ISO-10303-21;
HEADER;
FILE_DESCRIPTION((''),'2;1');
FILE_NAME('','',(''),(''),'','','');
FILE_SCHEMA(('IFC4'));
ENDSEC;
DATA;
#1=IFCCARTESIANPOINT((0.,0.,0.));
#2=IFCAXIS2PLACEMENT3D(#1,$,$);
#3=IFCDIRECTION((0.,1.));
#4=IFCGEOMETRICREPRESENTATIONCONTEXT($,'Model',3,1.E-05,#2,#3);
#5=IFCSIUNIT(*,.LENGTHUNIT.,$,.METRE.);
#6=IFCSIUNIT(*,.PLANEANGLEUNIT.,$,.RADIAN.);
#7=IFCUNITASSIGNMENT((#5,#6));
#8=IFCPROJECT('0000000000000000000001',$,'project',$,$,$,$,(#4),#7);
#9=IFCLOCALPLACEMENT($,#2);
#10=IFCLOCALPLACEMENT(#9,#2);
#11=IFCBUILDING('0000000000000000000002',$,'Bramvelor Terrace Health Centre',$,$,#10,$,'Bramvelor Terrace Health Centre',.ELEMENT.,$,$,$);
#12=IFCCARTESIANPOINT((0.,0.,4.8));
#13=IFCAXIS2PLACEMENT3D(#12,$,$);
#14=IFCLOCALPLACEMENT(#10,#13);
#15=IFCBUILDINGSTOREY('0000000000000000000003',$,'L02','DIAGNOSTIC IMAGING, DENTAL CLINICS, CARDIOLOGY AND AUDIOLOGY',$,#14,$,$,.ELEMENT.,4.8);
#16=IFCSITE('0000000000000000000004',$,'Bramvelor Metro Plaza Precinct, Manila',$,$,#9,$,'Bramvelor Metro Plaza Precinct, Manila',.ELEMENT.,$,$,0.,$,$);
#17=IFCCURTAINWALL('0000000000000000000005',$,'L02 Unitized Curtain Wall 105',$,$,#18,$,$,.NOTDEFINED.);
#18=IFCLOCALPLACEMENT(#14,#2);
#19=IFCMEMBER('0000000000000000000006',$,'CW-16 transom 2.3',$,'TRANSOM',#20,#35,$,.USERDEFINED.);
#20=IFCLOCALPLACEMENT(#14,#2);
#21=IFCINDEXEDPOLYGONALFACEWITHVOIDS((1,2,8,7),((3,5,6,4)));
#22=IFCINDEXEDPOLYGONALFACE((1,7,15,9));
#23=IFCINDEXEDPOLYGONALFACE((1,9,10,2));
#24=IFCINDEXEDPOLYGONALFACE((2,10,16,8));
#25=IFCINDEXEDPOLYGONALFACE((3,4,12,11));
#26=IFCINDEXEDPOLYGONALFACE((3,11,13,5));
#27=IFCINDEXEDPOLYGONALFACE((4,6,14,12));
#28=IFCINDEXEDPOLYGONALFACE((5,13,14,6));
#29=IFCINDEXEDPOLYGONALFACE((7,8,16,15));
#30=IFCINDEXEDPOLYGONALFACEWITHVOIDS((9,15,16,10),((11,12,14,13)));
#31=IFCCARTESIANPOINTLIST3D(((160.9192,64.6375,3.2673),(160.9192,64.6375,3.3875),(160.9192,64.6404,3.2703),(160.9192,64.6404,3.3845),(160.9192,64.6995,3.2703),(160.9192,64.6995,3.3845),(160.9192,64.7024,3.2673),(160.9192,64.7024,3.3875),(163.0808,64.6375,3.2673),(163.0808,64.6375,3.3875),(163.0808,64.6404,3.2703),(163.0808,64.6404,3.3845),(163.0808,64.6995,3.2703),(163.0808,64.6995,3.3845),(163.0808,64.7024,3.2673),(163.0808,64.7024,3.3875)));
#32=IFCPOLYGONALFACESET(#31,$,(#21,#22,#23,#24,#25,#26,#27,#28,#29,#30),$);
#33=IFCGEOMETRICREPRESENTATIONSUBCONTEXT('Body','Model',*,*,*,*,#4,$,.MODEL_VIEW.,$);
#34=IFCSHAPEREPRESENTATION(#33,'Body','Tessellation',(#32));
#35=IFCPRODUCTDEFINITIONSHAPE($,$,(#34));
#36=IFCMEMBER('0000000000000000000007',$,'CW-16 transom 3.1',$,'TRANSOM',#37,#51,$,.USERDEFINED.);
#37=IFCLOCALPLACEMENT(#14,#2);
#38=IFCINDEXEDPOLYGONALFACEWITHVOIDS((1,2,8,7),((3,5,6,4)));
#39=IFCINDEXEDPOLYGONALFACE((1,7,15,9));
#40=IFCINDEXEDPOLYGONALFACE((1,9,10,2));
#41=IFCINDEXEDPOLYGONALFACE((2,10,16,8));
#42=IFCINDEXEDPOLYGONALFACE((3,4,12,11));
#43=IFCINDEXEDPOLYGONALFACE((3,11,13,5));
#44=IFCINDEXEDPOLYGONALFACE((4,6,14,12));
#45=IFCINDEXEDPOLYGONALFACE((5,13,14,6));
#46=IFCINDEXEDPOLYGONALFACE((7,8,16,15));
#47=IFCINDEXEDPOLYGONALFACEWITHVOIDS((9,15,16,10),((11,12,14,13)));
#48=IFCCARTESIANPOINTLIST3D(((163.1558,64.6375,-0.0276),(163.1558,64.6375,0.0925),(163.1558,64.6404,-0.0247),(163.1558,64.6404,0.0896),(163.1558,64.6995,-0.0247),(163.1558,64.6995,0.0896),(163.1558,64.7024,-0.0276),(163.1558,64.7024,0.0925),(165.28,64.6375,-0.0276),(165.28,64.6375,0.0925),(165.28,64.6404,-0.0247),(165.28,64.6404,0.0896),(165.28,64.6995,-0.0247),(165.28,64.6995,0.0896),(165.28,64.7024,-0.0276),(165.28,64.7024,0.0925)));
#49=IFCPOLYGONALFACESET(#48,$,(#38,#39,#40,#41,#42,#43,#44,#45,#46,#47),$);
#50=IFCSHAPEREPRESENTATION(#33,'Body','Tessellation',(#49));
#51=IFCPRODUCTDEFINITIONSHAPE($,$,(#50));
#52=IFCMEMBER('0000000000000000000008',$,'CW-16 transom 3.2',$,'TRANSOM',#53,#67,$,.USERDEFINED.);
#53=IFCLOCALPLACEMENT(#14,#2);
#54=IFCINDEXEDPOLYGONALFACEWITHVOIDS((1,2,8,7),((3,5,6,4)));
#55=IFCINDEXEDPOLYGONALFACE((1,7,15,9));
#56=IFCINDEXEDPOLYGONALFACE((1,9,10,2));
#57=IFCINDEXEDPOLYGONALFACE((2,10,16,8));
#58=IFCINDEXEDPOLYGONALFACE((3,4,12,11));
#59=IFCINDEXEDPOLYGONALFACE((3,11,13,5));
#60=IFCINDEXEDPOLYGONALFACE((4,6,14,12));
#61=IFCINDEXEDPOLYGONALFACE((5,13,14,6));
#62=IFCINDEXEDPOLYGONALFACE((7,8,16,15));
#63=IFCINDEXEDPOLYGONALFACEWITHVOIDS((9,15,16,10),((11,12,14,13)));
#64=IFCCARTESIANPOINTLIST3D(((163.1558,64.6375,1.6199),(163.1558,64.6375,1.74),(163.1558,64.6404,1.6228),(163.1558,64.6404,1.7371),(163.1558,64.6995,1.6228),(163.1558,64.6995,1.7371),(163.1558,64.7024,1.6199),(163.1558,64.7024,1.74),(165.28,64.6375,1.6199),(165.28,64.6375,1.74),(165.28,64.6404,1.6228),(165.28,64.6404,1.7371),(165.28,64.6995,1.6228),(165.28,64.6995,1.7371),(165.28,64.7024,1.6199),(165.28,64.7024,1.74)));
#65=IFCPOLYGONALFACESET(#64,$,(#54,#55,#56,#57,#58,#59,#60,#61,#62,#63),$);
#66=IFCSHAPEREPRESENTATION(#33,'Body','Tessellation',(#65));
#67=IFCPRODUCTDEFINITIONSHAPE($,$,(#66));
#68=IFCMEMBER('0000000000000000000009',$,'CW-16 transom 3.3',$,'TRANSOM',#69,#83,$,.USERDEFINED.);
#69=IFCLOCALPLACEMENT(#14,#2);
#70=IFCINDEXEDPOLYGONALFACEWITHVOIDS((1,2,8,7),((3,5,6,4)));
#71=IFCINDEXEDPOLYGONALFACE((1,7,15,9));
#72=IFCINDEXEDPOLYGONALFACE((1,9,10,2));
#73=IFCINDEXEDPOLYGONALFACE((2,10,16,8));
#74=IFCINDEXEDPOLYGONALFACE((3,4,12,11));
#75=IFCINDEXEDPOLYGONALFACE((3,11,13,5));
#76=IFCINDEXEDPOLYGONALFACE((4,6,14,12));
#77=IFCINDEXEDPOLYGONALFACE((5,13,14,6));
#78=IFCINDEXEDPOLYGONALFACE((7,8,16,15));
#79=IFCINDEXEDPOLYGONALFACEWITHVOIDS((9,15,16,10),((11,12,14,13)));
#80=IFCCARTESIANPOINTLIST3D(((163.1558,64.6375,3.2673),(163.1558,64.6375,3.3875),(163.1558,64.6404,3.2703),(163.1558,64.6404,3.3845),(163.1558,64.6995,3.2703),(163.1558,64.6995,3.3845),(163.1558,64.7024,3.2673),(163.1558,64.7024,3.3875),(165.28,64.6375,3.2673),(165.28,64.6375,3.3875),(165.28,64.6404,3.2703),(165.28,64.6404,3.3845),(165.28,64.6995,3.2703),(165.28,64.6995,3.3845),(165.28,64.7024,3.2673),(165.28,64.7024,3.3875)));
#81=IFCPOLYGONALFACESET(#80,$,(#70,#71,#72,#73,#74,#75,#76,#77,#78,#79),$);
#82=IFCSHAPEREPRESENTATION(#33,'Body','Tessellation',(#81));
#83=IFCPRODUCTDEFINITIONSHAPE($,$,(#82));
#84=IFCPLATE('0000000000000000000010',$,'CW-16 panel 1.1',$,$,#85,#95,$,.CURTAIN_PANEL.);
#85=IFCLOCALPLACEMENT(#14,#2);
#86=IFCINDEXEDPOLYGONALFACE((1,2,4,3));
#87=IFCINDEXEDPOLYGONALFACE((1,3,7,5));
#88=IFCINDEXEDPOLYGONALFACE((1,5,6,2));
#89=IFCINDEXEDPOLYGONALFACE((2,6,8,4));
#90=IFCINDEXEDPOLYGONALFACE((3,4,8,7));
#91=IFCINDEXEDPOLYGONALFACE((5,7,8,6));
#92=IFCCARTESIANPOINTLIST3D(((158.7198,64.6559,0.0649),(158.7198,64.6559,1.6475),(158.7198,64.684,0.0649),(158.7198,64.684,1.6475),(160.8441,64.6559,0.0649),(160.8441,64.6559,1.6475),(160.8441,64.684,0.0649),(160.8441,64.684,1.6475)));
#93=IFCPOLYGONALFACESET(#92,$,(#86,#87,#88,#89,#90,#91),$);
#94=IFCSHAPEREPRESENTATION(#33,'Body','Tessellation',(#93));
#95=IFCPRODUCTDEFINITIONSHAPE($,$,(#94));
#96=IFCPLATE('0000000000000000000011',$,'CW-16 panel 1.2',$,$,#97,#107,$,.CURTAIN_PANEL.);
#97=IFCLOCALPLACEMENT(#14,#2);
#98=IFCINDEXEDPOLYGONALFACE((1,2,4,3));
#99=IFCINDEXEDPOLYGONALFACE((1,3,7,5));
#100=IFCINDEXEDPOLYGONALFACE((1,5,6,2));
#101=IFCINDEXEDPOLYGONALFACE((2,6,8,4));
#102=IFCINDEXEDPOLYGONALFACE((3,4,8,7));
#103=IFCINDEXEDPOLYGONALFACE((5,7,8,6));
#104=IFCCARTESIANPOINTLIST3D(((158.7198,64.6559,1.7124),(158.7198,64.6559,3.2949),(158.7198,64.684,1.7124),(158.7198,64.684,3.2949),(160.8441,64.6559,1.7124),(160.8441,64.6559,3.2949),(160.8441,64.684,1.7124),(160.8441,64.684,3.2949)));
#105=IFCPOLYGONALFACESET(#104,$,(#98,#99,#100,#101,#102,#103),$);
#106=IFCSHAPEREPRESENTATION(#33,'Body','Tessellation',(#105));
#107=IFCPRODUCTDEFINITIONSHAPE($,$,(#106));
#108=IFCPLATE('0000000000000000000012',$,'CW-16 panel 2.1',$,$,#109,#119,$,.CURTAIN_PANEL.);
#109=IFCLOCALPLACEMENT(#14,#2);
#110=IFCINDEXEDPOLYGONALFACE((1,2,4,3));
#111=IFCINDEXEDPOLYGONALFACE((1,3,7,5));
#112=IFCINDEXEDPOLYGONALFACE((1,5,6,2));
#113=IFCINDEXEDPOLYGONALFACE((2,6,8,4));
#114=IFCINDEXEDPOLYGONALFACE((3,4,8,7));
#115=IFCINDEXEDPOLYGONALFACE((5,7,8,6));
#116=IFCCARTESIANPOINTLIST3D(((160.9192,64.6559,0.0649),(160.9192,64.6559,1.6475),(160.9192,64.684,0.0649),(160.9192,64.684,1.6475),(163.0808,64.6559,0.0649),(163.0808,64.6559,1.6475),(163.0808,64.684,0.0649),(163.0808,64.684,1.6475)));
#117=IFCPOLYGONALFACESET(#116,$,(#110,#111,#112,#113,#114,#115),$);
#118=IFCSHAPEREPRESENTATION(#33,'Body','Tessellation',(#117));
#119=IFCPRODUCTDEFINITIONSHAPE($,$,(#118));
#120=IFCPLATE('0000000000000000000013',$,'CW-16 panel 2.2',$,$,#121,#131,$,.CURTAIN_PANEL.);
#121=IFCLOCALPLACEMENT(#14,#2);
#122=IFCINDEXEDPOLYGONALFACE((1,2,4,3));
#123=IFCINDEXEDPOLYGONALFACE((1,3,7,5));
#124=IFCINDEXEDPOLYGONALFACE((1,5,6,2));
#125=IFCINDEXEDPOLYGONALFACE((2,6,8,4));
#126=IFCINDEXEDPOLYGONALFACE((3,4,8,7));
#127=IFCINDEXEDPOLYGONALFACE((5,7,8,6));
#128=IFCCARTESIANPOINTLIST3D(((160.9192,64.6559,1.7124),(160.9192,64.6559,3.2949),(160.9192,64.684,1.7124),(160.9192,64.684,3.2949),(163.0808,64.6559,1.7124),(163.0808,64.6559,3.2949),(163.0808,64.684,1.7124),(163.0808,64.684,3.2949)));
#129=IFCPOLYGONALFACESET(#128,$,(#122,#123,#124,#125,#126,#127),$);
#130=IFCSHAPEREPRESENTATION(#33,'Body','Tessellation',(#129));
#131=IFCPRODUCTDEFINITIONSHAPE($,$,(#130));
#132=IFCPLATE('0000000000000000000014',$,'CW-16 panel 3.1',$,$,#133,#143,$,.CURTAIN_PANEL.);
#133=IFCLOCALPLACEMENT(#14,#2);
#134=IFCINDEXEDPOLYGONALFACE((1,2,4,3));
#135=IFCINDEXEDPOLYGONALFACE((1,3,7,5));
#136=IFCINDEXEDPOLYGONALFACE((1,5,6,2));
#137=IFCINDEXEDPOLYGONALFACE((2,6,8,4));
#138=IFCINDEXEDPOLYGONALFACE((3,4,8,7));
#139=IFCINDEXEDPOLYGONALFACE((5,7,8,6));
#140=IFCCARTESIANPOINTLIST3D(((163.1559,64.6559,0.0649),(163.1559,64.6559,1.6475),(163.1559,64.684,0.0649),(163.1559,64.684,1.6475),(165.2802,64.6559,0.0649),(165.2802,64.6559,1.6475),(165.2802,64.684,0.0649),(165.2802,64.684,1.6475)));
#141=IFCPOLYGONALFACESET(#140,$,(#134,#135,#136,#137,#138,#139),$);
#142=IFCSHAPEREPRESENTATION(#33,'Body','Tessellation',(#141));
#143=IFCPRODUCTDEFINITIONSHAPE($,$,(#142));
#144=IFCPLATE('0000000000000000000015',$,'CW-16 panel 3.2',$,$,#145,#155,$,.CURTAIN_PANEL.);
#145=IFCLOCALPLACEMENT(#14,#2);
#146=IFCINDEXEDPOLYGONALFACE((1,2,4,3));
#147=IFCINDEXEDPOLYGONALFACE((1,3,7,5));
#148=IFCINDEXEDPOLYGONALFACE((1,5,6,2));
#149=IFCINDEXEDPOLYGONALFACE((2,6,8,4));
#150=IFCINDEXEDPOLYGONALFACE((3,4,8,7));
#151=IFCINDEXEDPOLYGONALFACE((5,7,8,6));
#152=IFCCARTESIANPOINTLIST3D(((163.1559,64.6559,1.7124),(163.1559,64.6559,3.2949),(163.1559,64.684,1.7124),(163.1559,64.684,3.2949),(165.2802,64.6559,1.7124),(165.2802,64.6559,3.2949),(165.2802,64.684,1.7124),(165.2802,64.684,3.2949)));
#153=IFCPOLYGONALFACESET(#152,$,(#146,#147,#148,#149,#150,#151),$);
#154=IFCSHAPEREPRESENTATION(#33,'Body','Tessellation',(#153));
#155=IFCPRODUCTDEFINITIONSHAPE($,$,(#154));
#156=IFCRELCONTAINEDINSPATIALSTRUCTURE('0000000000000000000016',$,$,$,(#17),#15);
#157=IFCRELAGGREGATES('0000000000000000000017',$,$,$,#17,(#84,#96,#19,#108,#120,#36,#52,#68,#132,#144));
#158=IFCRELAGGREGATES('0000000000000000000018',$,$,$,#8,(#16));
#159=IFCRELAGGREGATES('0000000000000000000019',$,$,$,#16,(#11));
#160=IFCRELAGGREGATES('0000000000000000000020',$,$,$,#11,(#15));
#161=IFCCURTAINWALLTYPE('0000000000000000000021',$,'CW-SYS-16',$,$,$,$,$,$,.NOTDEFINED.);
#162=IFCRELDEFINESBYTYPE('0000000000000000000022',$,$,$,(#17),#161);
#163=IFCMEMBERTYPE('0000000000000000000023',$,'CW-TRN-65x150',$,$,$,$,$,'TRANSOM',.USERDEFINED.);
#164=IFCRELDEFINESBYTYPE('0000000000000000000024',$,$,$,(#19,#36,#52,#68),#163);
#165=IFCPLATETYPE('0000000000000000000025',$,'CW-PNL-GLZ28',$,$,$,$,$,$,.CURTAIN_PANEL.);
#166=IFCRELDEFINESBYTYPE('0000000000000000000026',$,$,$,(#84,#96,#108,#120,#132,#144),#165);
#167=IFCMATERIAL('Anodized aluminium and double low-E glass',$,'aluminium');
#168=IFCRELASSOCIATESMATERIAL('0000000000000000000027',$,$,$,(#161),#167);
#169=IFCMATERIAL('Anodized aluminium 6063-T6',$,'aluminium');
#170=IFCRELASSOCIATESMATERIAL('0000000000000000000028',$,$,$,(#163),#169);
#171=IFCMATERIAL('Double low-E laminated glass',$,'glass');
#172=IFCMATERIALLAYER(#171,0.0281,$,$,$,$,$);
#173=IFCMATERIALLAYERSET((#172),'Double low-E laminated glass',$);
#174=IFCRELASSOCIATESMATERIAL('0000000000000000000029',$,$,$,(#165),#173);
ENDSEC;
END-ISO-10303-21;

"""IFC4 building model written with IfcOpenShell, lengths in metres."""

from ifc_helpers import new_model, si_unit, direction, frame, origin, origin_2d, place, context, subcontext, project, spatial, rectangle, hollow_rectangle, extrude, material, layer, layer_set, material_profile, profile_set, type_object, element, aggregate, save


model = new_model("IFC4")

# Units and contexts
model_context = context("Model", 3, precision=1e-05, world=origin(), true_north=direction((0.0, 1.0)))
body_context = subcontext(model_context, "Body", "Model", "MODEL_VIEW")
ifc_project = project(units=[si_unit("LENGTHUNIT", "METRE"), si_unit("PLANEANGLEUNIT", "RADIAN")], contexts=[model_context])

# Site, building, storey
site_placement = place(None, origin())
site = spatial("IfcSite", under=ifc_project, at=site_placement, Name="Bramvelor Metro Plaza Precinct, Manila", LongName="Bramvelor Metro Plaza Precinct, Manila", CompositionType="ELEMENT", RefElevation=0.0)
building_placement = place(site_placement, origin())
building = spatial("IfcBuilding", under=site, at=building_placement, Name="Bramvelor Terrace Health Centre", LongName="Bramvelor Terrace Health Centre", CompositionType="ELEMENT")
storey_placement = place(building_placement, frame((0.0, 0.0, 4.8)))
storey = spatial("IfcBuildingStorey", under=building, at=storey_placement, Name="L02", Description="DIAGNOSTIC IMAGING, DENTAL CLINICS, CARDIOLOGY AND AUDIOLOGY", CompositionType="ELEMENT", Elevation=4.8)

# Curtain wall, members, plates
ifc_material_1 = material(Name="Anodized aluminium and double low-E glass", Category="aluminium")
curtain_wall_type = type_object("IfcCurtainWallType", Name="CW-SYS-16", PredefinedType="NOTDEFINED", material=ifc_material_1)
curtain_wall_placement = place(storey_placement, origin())
curtain_wall = element("IfcCurtainWall", 1, at=curtain_wall_placement, inside=storey, type_object=curtain_wall_type, Name="L02 Unitized Curtain Wall 105", PredefinedType="NOTDEFINED")
ifc_material_2 = material(Name="Anodized aluminium 6063-T6", Category="aluminium")
ifc_material_profile_1 = material_profile(ifc_material_2, hollow_rectangle(XDim=0.0649, YDim=0.1201, WallThickness=0.0029, at=origin_2d()), Name="ALU-TRN 65x120x3.0")
ifc_profile_set_1 = profile_set([ifc_material_profile_1], Name="Anodized aluminium 6063-T6")
member_type_1 = type_object("IfcMemberType", Name="CW-TRN-65x150", ElementType="TRANSOM", PredefinedType="USERDEFINED", material=ifc_profile_set_1)
member_1_placement = place(storey_placement, frame((160.9192, 64.6699, 3.3274), z_axis=(1.0, 0.0, 0.0), x_axis=(0.0, 1.0, 0.0)))
member_1 = element("IfcMember", 2, at=member_1_placement, type_object=member_type_1, Name="CW-16 transom 2.3", ObjectType="TRANSOM", PredefinedType="USERDEFINED", context=body_context, shape_type="SweptSolid", body=[
    extrude(hollow_rectangle(XDim=0.0649, YDim=0.1201, WallThickness=0.0029, at=origin_2d()), origin(), (0.0, 0.0, 1.0), 2.1616),
])
member_2_placement = place(storey_placement, frame((163.1558, 64.6699, 0.0325), z_axis=(1.0, 0.0, 0.0), x_axis=(0.0, 1.0, 0.0)))
member_2 = element("IfcMember", 3, at=member_2_placement, type_object=member_type_1, Name="CW-16 transom 3.1", ObjectType="TRANSOM", PredefinedType="USERDEFINED", context=body_context, shape_type="SweptSolid", body=[
    extrude(hollow_rectangle(XDim=0.0649, YDim=0.1201, WallThickness=0.0029, at=origin_2d()), origin(), (0.0, 0.0, 1.0), 2.1243),
])
member_3_placement = place(storey_placement, frame((163.1558, 64.6699, 1.6799), z_axis=(1.0, 0.0, 0.0), x_axis=(0.0, 1.0, 0.0)))
member_3 = element("IfcMember", 4, at=member_3_placement, type_object=member_type_1, Name="CW-16 transom 3.2", ObjectType="TRANSOM", PredefinedType="USERDEFINED", context=body_context, shape_type="SweptSolid", body=[
    extrude(hollow_rectangle(XDim=0.0649, YDim=0.1201, WallThickness=0.0029, at=origin_2d()), origin(), (0.0, 0.0, 1.0), 2.1243),
])
member_4_placement = place(storey_placement, frame((163.1558, 64.6699, 3.3274), z_axis=(1.0, 0.0, 0.0), x_axis=(0.0, 1.0, 0.0)))
member_4 = element("IfcMember", 5, at=member_4_placement, type_object=member_type_1, Name="CW-16 transom 3.3", ObjectType="TRANSOM", PredefinedType="USERDEFINED", context=body_context, shape_type="SweptSolid", body=[
    extrude(hollow_rectangle(XDim=0.0649, YDim=0.1201, WallThickness=0.0029, at=origin_2d()), origin(), (0.0, 0.0, 1.0), 2.1243),
])
ifc_material_3 = material(Name="Double low-E laminated glass", Category="glass")
ifc_layer = layer(ifc_material_3, 0.0281)
ifc_layer_set = layer_set([ifc_layer], Name="Double low-E laminated glass")
plate_type = type_object("IfcPlateType", Name="CW-PNL-GLZ28", PredefinedType="CURTAIN_PANEL", material=ifc_layer_set)
plate_1_placement = place(storey_placement, frame((159.782, 64.6699, 0.0649), z_axis=(0.0, 0.0, 1.0), x_axis=(1.0, 0.0, 0.0)))
plate_1 = element("IfcPlate", 6, at=plate_1_placement, type_object=plate_type, Name="CW-16 panel 1.1", PredefinedType="CURTAIN_PANEL", context=body_context, shape_type="SweptSolid", body=[
    extrude(rectangle(XDim=2.1243, YDim=0.0281, at=origin_2d()), origin(), (0.0, 0.0, 1.0), 1.5825),
])
plate_2_placement = place(storey_placement, frame((159.782, 64.6699, 1.7124), z_axis=(0.0, 0.0, 1.0), x_axis=(1.0, 0.0, 0.0)))
plate_2 = element("IfcPlate", 7, at=plate_2_placement, type_object=plate_type, Name="CW-16 panel 1.2", PredefinedType="CURTAIN_PANEL", context=body_context, shape_type="SweptSolid", body=[
    extrude(rectangle(XDim=2.1243, YDim=0.0281, at=origin_2d()), origin(), (0.0, 0.0, 1.0), 1.5825),
])
plate_3_placement = place(storey_placement, frame((162.0, 64.6699, 0.0649), z_axis=(0.0, 0.0, 1.0), x_axis=(1.0, 0.0, 0.0)))
plate_3 = element("IfcPlate", 8, at=plate_3_placement, type_object=plate_type, Name="CW-16 panel 2.1", PredefinedType="CURTAIN_PANEL", context=body_context, shape_type="SweptSolid", body=[
    extrude(rectangle(XDim=2.1616, YDim=0.0281, at=origin_2d()), origin(), (0.0, 0.0, 1.0), 1.5825),
])
plate_4_placement = place(storey_placement, frame((162.0, 64.6699, 1.7124), z_axis=(0.0, 0.0, 1.0), x_axis=(1.0, 0.0, 0.0)))
plate_4 = element("IfcPlate", 9, at=plate_4_placement, type_object=plate_type, Name="CW-16 panel 2.2", PredefinedType="CURTAIN_PANEL", context=body_context, shape_type="SweptSolid", body=[
    extrude(rectangle(XDim=2.1616, YDim=0.0281, at=origin_2d()), origin(), (0.0, 0.0, 1.0), 1.5825),
])
plate_5_placement = place(storey_placement, frame((164.218, 64.6699, 0.0649), z_axis=(0.0, 0.0, 1.0), x_axis=(1.0, 0.0, 0.0)))
plate_5 = element("IfcPlate", 10, at=plate_5_placement, type_object=plate_type, Name="CW-16 panel 3.1", PredefinedType="CURTAIN_PANEL", context=body_context, shape_type="SweptSolid", body=[
    extrude(rectangle(XDim=2.1243, YDim=0.0281, at=origin_2d()), origin(), (0.0, 0.0, 1.0), 1.5825),
])
plate_6_placement = place(storey_placement, frame((164.218, 64.6699, 1.7124), z_axis=(0.0, 0.0, 1.0), x_axis=(1.0, 0.0, 0.0)))
plate_6 = element("IfcPlate", 11, at=plate_6_placement, type_object=plate_type, Name="CW-16 panel 3.2", PredefinedType="CURTAIN_PANEL", context=body_context, shape_type="SweptSolid", body=[
    extrude(rectangle(XDim=2.1243, YDim=0.0281, at=origin_2d()), origin(), (0.0, 0.0, 1.0), 1.5825),
])
aggregate(curtain_wall, [plate_1, plate_2, member_1, plate_3, plate_4, member_2, member_3, member_4, plate_5, plate_6])

save(model, "model.ifc")
